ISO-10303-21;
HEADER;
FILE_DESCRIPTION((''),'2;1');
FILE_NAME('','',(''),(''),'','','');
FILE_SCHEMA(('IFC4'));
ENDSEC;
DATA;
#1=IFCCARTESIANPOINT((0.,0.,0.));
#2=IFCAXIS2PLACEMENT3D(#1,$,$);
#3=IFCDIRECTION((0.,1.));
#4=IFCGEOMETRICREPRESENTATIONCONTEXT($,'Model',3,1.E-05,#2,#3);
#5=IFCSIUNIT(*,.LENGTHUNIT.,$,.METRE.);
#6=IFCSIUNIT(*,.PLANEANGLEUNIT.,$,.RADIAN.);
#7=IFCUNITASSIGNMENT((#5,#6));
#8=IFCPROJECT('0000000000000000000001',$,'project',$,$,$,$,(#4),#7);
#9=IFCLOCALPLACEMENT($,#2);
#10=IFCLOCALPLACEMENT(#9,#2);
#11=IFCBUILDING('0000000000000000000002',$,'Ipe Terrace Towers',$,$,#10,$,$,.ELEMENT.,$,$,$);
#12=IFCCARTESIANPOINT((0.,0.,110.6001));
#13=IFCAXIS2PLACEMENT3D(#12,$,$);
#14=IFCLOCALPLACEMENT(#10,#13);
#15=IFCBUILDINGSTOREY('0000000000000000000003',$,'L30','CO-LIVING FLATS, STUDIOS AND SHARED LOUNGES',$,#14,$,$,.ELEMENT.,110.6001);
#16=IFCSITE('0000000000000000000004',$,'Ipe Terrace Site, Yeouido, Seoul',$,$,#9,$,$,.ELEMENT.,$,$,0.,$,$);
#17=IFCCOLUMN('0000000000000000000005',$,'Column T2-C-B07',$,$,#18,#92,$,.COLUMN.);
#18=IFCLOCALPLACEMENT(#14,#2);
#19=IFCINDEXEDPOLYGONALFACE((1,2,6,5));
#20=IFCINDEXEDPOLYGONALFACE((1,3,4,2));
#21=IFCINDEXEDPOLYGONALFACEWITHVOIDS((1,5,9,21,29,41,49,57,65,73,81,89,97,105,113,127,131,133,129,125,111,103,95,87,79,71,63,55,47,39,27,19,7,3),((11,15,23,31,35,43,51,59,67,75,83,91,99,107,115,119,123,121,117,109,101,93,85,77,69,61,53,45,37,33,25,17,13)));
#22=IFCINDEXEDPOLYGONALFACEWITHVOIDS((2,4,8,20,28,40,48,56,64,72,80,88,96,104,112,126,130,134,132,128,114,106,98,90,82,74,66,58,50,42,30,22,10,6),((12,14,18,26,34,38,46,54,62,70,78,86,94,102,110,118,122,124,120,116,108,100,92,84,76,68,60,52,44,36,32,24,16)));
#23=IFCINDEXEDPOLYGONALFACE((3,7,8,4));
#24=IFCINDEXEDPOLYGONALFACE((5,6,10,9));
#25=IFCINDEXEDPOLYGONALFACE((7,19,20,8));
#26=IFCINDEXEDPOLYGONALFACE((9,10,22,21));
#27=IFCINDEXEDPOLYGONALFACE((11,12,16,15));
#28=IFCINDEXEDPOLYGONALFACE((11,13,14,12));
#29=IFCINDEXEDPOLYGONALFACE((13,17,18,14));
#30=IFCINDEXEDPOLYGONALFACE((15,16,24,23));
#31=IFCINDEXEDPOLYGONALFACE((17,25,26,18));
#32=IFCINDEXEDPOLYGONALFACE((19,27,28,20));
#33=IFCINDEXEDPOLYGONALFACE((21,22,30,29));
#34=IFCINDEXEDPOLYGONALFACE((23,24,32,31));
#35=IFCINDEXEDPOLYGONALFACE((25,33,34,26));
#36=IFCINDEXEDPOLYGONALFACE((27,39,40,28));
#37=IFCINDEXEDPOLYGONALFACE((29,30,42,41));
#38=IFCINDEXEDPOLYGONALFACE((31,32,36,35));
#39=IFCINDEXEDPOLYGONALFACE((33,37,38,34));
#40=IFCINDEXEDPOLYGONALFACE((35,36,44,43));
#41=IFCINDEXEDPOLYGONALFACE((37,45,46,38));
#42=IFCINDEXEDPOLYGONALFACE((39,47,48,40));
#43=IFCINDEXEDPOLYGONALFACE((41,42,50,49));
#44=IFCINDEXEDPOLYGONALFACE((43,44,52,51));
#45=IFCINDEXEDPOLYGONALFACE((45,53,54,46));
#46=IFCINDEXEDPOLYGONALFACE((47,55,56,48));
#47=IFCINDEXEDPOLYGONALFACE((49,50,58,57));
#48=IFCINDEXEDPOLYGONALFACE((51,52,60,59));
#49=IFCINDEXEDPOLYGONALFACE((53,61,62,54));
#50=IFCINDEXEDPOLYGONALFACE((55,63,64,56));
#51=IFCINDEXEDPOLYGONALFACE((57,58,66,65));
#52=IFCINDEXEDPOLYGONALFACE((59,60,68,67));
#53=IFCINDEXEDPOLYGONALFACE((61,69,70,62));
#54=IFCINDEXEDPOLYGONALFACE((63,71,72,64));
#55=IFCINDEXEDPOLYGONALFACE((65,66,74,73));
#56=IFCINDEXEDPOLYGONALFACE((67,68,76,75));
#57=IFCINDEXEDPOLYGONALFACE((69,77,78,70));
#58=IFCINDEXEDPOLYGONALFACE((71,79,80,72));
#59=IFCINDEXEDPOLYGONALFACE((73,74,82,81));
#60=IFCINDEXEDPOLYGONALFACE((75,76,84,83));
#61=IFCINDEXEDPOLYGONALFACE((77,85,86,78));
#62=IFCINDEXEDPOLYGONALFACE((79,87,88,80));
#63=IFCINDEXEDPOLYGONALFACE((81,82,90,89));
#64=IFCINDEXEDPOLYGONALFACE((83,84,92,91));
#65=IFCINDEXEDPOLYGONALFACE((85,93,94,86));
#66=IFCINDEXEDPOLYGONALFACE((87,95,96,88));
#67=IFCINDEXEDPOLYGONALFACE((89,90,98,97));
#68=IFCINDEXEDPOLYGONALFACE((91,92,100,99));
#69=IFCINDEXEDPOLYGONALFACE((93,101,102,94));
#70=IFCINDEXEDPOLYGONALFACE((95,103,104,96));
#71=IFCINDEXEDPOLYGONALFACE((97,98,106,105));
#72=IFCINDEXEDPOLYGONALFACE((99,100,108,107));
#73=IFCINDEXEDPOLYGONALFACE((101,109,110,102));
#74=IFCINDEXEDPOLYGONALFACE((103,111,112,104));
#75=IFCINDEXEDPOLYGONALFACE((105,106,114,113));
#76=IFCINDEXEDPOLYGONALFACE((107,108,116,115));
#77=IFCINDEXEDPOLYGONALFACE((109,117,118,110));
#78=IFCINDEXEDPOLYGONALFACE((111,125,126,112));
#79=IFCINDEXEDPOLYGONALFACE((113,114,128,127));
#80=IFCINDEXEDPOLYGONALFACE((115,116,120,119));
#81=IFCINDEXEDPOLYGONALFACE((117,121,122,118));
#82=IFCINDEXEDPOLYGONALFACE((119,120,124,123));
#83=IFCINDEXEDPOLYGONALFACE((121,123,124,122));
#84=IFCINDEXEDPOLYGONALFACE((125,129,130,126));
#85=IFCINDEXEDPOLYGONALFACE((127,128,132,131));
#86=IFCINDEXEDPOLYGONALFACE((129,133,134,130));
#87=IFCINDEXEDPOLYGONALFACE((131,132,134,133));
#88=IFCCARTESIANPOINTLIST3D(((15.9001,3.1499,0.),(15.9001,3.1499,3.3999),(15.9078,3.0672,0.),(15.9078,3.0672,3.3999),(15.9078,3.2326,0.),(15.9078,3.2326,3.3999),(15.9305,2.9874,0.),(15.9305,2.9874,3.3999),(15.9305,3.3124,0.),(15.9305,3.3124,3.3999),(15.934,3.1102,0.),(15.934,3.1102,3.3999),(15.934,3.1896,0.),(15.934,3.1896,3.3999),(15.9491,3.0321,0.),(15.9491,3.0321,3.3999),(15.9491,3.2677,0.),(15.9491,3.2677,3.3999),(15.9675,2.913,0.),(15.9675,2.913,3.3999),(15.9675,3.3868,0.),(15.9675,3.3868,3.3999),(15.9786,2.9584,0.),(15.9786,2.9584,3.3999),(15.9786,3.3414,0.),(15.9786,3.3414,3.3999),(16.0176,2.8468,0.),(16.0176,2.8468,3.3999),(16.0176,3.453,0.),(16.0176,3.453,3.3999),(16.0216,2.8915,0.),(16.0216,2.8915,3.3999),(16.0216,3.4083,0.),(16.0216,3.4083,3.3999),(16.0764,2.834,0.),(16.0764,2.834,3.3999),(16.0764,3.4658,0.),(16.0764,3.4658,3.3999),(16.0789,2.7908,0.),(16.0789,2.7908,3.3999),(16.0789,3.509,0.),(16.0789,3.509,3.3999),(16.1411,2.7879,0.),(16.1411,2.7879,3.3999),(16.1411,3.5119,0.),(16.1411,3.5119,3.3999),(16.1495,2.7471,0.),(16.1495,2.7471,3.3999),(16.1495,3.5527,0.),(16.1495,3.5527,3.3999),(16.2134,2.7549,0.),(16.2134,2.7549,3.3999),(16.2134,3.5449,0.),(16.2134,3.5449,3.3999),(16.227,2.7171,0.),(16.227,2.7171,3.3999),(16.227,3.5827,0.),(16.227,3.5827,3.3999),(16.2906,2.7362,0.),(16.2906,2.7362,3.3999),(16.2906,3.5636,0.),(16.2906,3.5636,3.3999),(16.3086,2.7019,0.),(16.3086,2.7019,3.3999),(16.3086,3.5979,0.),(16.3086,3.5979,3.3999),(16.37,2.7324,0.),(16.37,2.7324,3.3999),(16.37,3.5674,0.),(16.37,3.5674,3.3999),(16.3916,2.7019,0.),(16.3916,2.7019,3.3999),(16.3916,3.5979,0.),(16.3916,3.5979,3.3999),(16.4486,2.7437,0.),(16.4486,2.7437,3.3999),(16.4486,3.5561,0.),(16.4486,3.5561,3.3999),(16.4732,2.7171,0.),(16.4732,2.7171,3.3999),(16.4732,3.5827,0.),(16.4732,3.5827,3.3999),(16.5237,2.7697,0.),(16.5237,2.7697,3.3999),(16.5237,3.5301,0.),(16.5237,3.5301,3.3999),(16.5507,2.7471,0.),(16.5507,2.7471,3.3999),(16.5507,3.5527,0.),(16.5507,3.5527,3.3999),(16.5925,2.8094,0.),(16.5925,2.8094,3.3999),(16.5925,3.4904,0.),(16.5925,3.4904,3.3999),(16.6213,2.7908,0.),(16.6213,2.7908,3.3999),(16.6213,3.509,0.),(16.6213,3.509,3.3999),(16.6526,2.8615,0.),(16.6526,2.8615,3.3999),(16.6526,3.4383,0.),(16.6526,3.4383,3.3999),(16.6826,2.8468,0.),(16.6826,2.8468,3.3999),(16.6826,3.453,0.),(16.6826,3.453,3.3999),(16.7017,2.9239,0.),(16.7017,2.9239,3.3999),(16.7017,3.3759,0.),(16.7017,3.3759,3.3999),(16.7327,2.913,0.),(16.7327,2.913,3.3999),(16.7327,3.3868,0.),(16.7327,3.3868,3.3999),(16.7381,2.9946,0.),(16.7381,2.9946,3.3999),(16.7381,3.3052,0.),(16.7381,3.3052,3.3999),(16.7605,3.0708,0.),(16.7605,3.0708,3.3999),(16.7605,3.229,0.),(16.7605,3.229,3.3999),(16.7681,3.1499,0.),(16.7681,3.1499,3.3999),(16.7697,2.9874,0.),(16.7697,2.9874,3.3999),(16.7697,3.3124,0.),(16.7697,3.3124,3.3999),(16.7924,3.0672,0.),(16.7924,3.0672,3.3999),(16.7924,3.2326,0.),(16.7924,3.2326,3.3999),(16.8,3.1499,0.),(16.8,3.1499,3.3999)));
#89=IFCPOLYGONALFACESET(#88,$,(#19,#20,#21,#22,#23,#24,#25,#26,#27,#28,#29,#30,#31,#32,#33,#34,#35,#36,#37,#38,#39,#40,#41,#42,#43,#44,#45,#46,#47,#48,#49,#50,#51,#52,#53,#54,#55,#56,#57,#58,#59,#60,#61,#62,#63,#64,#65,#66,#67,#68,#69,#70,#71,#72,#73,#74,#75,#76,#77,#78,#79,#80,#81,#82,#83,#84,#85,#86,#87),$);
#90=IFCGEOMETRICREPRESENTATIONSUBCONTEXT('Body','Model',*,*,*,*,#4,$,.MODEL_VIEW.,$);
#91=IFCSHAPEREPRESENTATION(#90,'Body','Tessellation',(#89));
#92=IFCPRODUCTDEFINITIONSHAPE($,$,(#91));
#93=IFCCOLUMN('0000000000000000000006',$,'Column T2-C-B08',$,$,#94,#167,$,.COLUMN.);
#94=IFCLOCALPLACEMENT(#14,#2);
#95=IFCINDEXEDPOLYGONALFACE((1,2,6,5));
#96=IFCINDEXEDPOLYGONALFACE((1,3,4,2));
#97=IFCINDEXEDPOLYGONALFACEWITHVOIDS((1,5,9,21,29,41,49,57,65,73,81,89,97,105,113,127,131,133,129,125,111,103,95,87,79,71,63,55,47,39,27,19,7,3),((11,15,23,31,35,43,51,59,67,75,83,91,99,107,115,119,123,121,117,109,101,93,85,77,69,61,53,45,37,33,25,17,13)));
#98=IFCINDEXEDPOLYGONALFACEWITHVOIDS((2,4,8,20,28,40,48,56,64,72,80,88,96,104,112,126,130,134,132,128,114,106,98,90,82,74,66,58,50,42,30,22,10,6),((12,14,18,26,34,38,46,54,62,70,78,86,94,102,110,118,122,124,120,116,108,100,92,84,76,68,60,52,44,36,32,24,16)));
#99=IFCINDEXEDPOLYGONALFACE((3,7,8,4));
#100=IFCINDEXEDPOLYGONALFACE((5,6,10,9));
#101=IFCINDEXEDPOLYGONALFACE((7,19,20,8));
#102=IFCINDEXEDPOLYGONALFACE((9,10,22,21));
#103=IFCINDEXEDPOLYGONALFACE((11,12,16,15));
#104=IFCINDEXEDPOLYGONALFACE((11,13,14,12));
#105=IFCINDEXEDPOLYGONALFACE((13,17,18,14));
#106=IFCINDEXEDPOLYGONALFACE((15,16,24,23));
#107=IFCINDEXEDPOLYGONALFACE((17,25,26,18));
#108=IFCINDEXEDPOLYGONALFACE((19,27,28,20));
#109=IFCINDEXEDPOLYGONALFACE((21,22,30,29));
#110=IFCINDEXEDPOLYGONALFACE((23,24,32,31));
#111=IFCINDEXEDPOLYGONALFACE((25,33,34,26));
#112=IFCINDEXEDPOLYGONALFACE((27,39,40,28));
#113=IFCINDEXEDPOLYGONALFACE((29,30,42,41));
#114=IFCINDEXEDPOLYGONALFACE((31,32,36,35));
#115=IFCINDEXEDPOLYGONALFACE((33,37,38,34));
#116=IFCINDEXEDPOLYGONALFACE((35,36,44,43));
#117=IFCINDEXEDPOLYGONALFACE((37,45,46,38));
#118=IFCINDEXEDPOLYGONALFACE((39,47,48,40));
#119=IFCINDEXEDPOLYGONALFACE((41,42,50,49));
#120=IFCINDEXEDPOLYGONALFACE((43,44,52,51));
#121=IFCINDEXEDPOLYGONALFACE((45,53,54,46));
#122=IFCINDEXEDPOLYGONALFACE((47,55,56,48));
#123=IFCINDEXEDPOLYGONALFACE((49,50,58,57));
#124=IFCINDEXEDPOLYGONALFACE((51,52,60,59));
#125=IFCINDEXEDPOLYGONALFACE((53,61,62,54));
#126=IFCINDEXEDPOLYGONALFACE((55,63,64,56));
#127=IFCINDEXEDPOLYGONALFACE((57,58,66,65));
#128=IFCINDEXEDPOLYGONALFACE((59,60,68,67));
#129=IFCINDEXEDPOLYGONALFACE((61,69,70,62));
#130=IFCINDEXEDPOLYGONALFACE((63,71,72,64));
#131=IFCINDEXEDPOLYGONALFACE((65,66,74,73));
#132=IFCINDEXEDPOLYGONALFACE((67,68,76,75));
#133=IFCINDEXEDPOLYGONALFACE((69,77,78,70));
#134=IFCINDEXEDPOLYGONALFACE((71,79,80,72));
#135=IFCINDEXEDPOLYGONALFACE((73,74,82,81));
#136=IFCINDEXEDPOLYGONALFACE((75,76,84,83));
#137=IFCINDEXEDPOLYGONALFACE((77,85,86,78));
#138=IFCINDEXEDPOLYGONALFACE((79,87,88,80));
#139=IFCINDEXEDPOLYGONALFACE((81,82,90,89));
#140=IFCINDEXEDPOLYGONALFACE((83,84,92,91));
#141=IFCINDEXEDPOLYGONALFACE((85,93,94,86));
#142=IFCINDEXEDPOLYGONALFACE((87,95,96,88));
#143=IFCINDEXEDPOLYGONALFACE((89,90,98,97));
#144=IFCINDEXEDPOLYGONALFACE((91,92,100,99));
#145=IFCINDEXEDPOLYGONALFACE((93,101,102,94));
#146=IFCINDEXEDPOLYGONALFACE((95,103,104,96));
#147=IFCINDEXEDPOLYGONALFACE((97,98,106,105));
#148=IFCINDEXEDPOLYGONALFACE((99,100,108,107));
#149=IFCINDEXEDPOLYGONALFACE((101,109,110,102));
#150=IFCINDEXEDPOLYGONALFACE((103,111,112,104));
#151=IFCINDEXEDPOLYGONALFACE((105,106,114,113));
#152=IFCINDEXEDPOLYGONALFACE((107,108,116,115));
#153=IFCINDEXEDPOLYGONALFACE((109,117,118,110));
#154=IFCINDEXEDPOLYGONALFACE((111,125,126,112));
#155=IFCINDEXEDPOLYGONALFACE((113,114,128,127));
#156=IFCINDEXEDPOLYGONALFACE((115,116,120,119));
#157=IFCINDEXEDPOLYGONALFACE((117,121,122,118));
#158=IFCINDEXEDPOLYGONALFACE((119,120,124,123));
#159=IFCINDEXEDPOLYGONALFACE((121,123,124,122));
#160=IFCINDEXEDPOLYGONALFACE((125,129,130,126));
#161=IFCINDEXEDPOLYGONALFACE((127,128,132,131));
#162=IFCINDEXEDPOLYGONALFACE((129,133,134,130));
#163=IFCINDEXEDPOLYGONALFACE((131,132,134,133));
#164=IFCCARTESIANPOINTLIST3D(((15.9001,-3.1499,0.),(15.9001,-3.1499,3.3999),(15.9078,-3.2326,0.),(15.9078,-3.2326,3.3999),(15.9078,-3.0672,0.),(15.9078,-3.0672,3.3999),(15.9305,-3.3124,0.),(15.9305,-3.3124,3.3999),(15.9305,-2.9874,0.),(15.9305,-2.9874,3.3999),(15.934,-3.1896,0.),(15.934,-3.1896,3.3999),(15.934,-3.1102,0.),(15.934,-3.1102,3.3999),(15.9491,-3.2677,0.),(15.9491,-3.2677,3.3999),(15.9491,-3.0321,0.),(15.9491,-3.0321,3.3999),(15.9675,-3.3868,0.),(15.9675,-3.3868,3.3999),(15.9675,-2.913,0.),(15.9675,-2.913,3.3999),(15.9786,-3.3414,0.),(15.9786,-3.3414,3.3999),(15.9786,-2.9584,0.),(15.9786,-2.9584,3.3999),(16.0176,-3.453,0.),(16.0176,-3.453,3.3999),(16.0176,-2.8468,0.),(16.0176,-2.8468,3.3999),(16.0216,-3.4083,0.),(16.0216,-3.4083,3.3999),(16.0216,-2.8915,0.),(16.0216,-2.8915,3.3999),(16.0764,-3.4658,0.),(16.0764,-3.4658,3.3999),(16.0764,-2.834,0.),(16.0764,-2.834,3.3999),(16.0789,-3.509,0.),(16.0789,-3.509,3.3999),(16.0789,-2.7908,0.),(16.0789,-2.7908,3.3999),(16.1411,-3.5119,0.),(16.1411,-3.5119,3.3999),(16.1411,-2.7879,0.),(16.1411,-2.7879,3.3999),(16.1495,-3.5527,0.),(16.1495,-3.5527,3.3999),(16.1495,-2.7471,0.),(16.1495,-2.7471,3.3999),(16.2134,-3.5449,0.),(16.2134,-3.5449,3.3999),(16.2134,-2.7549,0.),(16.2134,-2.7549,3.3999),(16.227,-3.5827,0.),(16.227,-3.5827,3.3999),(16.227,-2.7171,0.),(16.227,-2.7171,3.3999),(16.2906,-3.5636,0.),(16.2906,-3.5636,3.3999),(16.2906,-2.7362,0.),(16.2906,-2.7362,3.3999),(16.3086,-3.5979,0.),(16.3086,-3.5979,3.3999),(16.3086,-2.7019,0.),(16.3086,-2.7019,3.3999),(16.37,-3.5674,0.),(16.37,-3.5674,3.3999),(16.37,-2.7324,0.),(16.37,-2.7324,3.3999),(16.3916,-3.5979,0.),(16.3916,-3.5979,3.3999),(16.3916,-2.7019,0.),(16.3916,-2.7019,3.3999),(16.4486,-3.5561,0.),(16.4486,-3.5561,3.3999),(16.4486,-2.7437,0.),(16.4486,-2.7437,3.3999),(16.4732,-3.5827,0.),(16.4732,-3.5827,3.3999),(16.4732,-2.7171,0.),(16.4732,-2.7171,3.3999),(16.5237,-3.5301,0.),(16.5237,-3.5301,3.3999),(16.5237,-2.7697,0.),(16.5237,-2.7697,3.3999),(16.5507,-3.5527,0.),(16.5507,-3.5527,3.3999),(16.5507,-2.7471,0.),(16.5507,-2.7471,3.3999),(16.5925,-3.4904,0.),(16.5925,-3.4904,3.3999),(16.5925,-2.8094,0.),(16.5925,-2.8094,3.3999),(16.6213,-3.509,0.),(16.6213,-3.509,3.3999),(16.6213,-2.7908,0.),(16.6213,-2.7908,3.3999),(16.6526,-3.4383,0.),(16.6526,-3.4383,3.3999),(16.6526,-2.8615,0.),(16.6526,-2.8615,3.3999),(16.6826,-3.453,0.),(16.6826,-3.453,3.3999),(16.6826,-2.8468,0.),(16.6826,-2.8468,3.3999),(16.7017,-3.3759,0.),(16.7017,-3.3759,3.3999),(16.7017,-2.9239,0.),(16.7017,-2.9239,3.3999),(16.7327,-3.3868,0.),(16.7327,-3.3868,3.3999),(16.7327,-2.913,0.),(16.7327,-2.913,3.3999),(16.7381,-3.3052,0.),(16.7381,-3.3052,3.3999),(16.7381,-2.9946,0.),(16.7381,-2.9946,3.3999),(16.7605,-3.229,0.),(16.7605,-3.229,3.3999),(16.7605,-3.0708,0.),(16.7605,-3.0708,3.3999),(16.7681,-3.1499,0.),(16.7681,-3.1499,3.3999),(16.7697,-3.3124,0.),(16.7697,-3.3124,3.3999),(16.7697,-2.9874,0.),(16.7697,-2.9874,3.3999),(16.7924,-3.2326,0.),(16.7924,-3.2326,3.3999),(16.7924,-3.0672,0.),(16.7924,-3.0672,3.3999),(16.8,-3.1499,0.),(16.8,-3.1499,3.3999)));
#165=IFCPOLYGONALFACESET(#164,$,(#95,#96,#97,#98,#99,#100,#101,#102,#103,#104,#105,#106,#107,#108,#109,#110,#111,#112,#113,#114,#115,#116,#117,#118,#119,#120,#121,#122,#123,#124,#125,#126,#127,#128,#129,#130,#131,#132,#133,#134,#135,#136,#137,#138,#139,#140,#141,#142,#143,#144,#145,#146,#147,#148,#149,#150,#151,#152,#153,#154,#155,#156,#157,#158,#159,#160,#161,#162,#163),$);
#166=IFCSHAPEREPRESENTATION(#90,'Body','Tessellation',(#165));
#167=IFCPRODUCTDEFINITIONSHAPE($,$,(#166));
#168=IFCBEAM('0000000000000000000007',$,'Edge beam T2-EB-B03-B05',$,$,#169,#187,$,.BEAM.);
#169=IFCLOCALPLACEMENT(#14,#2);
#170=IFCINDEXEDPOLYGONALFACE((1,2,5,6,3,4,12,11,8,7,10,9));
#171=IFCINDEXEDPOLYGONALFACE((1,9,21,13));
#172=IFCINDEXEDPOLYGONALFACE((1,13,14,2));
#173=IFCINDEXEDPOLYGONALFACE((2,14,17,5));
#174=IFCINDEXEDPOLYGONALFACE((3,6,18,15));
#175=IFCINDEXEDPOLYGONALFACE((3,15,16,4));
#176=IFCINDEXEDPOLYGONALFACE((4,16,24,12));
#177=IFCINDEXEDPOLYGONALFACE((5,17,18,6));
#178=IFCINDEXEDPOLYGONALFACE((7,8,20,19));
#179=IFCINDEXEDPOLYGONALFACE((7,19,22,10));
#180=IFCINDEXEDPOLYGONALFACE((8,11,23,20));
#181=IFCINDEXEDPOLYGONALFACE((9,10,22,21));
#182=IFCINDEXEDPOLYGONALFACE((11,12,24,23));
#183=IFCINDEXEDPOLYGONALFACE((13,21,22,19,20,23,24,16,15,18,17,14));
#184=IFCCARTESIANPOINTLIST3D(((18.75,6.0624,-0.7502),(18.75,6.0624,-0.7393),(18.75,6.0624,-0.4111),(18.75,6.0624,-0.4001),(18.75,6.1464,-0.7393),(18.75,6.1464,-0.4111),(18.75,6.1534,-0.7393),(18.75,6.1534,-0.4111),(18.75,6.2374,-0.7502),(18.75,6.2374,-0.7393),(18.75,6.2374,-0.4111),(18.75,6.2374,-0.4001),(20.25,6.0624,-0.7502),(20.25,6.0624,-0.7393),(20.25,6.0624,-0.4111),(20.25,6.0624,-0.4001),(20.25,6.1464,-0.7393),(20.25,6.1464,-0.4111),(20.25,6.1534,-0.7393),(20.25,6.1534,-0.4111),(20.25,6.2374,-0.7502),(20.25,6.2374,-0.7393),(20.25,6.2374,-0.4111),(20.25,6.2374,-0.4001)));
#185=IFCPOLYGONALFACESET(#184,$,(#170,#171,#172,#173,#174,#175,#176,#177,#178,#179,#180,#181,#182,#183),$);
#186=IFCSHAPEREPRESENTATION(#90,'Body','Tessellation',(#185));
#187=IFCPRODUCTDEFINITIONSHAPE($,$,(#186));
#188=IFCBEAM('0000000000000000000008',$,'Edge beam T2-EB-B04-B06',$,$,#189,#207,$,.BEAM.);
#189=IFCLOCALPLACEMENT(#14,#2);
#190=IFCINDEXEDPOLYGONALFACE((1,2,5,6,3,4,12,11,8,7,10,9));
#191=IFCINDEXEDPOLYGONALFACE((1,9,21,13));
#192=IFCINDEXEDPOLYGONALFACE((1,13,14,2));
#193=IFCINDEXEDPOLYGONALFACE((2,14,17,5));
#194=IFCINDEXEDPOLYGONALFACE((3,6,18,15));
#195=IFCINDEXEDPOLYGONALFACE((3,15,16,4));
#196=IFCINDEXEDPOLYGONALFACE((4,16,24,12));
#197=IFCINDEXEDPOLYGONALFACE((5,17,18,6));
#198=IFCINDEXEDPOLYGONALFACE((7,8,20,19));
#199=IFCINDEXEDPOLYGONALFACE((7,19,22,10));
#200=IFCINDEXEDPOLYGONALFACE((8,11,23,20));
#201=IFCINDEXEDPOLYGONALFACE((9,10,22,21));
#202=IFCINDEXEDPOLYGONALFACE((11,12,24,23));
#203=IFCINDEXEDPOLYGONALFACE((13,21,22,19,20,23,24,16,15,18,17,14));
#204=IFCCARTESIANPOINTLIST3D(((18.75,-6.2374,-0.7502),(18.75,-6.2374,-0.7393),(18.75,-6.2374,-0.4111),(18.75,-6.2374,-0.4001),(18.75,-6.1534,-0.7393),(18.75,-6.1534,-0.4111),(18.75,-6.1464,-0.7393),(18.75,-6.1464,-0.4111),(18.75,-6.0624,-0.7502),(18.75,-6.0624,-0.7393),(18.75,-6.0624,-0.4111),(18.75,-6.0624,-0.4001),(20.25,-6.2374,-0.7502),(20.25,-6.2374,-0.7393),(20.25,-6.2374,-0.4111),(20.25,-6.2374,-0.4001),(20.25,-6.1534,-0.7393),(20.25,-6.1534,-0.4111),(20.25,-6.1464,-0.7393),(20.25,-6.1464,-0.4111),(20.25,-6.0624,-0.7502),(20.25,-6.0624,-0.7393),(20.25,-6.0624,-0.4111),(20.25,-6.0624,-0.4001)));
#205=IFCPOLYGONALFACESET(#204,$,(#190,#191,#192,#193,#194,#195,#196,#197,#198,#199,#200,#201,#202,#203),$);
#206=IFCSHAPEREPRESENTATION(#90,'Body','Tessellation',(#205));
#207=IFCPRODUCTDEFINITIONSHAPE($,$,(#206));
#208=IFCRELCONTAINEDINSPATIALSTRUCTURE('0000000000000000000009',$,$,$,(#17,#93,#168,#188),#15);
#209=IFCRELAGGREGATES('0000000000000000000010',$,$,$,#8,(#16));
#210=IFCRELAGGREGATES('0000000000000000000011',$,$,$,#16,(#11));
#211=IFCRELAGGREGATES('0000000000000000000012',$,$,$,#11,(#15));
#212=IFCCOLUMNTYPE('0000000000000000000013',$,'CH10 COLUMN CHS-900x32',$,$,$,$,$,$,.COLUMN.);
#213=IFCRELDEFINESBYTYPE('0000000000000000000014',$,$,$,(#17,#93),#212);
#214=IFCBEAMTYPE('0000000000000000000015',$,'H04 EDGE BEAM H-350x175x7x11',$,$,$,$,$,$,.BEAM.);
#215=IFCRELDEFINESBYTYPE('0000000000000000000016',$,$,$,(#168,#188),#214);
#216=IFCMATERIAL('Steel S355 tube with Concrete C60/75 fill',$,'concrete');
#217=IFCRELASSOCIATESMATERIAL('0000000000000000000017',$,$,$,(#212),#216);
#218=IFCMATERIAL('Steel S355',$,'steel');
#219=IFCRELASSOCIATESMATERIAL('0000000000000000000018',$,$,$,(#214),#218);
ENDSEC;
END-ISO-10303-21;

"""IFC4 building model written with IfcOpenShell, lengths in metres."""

from ifc_helpers import new_model, si_unit, direction, frame, origin, origin_2d, place, context, subcontext, project, spatial, hollow_circle, i_section, extrude, material, material_profile, profile_set, type_object, element, save


model = new_model("IFC4")

# Units and contexts
model_context = context("Model", 3, precision=1e-05, world=origin(), true_north=direction((0.0, 1.0)))
body_context = subcontext(model_context, "Body", "Model", "MODEL_VIEW")
ifc_project = project(units=[si_unit("LENGTHUNIT", "METRE"), si_unit("PLANEANGLEUNIT", "RADIAN")], contexts=[model_context])

# Site, building, storey
site_placement = place(None, origin())
site = spatial("IfcSite", under=ifc_project, at=site_placement, Name="Ipe Terrace Site, Yeouido, Seoul", CompositionType="ELEMENT", RefElevation=0.0)
building_placement = place(site_placement, origin())
building = spatial("IfcBuilding", under=site, at=building_placement, Name="Ipe Terrace Towers", CompositionType="ELEMENT")
storey_placement = place(building_placement, frame((0.0, 0.0, 110.6001)))
storey = spatial("IfcBuildingStorey", under=building, at=storey_placement, Name="L30", Description="CO-LIVING FLATS, STUDIOS AND SHARED LOUNGES", CompositionType="ELEMENT", Elevation=110.6001)

# Columns
ifc_material_1 = material(Name="Steel S355 tube with Concrete C60/75 fill", Category="concrete")
ifc_material_profile_1 = material_profile(ifc_material_1, hollow_circle(Radius=0.45, WallThickness=0.032, at=origin_2d()), Name="CHS-900x32")
ifc_profile_set_1 = profile_set([ifc_material_profile_1], Name="Steel S355 tube with Concrete C60/75 fill")
column_type = type_object("IfcColumnType", Name="CH10 COLUMN CHS-900x32", PredefinedType="COLUMN", material=ifc_profile_set_1)
for number, where, z_axis, x_axis, name in (
    (1, (16.3501, 3.1499, 0.0), (0.0, 0.0, 1.0), (1.0, 0.0, 0.0), "Column T2-C-B07"),
    (2, (16.3501, -3.1499, 0.0), (0.0, 0.0, 1.0), (1.0, 0.0, 0.0), "Column T2-C-B08"),
):
    element("IfcColumn", number, at=place(storey_placement, frame(where, z_axis=z_axis, x_axis=x_axis)), inside=storey, type_object=column_type, Name=name, PredefinedType="COLUMN", context=body_context, shape_type="SweptSolid", body=[
        extrude(hollow_circle(Radius=0.45, WallThickness=0.032, at=origin_2d()), origin(), (0.0, 0.0, 1.0), 3.3999),
    ])

# Beams
ifc_material_2 = material(Name="Steel S355", Category="steel")
ifc_material_profile_2 = material_profile(ifc_material_2, i_section(OverallWidth=0.175, OverallDepth=0.3501, WebThickness=0.0071, FlangeThickness=0.011, at=origin_2d()), Name="H-350x175x7x11")
ifc_profile_set_2 = profile_set([ifc_material_profile_2], Name="Steel S355")
beam_type_1 = type_object("IfcBeamType", Name="H04 EDGE BEAM H-350x175x7x11", PredefinedType="BEAM", material=ifc_profile_set_2)
for number, where, z_axis, x_axis, name in (
    (3, (20.25, 6.1499, -0.5752), (-1.0, 0.0, 0.0), (0.0, -1.0, 0.0), "Edge beam T2-EB-B03-B05"),
    (4, (20.25, -6.1499, -0.5752), (-1.0, 0.0, 0.0), (0.0, -1.0, 0.0), "Edge beam T2-EB-B04-B06"),
):
    element("IfcBeam", number, at=place(storey_placement, frame(where, z_axis=z_axis, x_axis=x_axis)), inside=storey, type_object=beam_type_1, Name=name, PredefinedType="BEAM", context=body_context, shape_type="SweptSolid", body=[
        extrude(i_section(OverallWidth=0.175, OverallDepth=0.3501, WebThickness=0.0071, FlangeThickness=0.011, at=origin_2d()), origin(), (0.0, 0.0, 1.0), 1.5),
    ])

save(model, "model.ifc")
